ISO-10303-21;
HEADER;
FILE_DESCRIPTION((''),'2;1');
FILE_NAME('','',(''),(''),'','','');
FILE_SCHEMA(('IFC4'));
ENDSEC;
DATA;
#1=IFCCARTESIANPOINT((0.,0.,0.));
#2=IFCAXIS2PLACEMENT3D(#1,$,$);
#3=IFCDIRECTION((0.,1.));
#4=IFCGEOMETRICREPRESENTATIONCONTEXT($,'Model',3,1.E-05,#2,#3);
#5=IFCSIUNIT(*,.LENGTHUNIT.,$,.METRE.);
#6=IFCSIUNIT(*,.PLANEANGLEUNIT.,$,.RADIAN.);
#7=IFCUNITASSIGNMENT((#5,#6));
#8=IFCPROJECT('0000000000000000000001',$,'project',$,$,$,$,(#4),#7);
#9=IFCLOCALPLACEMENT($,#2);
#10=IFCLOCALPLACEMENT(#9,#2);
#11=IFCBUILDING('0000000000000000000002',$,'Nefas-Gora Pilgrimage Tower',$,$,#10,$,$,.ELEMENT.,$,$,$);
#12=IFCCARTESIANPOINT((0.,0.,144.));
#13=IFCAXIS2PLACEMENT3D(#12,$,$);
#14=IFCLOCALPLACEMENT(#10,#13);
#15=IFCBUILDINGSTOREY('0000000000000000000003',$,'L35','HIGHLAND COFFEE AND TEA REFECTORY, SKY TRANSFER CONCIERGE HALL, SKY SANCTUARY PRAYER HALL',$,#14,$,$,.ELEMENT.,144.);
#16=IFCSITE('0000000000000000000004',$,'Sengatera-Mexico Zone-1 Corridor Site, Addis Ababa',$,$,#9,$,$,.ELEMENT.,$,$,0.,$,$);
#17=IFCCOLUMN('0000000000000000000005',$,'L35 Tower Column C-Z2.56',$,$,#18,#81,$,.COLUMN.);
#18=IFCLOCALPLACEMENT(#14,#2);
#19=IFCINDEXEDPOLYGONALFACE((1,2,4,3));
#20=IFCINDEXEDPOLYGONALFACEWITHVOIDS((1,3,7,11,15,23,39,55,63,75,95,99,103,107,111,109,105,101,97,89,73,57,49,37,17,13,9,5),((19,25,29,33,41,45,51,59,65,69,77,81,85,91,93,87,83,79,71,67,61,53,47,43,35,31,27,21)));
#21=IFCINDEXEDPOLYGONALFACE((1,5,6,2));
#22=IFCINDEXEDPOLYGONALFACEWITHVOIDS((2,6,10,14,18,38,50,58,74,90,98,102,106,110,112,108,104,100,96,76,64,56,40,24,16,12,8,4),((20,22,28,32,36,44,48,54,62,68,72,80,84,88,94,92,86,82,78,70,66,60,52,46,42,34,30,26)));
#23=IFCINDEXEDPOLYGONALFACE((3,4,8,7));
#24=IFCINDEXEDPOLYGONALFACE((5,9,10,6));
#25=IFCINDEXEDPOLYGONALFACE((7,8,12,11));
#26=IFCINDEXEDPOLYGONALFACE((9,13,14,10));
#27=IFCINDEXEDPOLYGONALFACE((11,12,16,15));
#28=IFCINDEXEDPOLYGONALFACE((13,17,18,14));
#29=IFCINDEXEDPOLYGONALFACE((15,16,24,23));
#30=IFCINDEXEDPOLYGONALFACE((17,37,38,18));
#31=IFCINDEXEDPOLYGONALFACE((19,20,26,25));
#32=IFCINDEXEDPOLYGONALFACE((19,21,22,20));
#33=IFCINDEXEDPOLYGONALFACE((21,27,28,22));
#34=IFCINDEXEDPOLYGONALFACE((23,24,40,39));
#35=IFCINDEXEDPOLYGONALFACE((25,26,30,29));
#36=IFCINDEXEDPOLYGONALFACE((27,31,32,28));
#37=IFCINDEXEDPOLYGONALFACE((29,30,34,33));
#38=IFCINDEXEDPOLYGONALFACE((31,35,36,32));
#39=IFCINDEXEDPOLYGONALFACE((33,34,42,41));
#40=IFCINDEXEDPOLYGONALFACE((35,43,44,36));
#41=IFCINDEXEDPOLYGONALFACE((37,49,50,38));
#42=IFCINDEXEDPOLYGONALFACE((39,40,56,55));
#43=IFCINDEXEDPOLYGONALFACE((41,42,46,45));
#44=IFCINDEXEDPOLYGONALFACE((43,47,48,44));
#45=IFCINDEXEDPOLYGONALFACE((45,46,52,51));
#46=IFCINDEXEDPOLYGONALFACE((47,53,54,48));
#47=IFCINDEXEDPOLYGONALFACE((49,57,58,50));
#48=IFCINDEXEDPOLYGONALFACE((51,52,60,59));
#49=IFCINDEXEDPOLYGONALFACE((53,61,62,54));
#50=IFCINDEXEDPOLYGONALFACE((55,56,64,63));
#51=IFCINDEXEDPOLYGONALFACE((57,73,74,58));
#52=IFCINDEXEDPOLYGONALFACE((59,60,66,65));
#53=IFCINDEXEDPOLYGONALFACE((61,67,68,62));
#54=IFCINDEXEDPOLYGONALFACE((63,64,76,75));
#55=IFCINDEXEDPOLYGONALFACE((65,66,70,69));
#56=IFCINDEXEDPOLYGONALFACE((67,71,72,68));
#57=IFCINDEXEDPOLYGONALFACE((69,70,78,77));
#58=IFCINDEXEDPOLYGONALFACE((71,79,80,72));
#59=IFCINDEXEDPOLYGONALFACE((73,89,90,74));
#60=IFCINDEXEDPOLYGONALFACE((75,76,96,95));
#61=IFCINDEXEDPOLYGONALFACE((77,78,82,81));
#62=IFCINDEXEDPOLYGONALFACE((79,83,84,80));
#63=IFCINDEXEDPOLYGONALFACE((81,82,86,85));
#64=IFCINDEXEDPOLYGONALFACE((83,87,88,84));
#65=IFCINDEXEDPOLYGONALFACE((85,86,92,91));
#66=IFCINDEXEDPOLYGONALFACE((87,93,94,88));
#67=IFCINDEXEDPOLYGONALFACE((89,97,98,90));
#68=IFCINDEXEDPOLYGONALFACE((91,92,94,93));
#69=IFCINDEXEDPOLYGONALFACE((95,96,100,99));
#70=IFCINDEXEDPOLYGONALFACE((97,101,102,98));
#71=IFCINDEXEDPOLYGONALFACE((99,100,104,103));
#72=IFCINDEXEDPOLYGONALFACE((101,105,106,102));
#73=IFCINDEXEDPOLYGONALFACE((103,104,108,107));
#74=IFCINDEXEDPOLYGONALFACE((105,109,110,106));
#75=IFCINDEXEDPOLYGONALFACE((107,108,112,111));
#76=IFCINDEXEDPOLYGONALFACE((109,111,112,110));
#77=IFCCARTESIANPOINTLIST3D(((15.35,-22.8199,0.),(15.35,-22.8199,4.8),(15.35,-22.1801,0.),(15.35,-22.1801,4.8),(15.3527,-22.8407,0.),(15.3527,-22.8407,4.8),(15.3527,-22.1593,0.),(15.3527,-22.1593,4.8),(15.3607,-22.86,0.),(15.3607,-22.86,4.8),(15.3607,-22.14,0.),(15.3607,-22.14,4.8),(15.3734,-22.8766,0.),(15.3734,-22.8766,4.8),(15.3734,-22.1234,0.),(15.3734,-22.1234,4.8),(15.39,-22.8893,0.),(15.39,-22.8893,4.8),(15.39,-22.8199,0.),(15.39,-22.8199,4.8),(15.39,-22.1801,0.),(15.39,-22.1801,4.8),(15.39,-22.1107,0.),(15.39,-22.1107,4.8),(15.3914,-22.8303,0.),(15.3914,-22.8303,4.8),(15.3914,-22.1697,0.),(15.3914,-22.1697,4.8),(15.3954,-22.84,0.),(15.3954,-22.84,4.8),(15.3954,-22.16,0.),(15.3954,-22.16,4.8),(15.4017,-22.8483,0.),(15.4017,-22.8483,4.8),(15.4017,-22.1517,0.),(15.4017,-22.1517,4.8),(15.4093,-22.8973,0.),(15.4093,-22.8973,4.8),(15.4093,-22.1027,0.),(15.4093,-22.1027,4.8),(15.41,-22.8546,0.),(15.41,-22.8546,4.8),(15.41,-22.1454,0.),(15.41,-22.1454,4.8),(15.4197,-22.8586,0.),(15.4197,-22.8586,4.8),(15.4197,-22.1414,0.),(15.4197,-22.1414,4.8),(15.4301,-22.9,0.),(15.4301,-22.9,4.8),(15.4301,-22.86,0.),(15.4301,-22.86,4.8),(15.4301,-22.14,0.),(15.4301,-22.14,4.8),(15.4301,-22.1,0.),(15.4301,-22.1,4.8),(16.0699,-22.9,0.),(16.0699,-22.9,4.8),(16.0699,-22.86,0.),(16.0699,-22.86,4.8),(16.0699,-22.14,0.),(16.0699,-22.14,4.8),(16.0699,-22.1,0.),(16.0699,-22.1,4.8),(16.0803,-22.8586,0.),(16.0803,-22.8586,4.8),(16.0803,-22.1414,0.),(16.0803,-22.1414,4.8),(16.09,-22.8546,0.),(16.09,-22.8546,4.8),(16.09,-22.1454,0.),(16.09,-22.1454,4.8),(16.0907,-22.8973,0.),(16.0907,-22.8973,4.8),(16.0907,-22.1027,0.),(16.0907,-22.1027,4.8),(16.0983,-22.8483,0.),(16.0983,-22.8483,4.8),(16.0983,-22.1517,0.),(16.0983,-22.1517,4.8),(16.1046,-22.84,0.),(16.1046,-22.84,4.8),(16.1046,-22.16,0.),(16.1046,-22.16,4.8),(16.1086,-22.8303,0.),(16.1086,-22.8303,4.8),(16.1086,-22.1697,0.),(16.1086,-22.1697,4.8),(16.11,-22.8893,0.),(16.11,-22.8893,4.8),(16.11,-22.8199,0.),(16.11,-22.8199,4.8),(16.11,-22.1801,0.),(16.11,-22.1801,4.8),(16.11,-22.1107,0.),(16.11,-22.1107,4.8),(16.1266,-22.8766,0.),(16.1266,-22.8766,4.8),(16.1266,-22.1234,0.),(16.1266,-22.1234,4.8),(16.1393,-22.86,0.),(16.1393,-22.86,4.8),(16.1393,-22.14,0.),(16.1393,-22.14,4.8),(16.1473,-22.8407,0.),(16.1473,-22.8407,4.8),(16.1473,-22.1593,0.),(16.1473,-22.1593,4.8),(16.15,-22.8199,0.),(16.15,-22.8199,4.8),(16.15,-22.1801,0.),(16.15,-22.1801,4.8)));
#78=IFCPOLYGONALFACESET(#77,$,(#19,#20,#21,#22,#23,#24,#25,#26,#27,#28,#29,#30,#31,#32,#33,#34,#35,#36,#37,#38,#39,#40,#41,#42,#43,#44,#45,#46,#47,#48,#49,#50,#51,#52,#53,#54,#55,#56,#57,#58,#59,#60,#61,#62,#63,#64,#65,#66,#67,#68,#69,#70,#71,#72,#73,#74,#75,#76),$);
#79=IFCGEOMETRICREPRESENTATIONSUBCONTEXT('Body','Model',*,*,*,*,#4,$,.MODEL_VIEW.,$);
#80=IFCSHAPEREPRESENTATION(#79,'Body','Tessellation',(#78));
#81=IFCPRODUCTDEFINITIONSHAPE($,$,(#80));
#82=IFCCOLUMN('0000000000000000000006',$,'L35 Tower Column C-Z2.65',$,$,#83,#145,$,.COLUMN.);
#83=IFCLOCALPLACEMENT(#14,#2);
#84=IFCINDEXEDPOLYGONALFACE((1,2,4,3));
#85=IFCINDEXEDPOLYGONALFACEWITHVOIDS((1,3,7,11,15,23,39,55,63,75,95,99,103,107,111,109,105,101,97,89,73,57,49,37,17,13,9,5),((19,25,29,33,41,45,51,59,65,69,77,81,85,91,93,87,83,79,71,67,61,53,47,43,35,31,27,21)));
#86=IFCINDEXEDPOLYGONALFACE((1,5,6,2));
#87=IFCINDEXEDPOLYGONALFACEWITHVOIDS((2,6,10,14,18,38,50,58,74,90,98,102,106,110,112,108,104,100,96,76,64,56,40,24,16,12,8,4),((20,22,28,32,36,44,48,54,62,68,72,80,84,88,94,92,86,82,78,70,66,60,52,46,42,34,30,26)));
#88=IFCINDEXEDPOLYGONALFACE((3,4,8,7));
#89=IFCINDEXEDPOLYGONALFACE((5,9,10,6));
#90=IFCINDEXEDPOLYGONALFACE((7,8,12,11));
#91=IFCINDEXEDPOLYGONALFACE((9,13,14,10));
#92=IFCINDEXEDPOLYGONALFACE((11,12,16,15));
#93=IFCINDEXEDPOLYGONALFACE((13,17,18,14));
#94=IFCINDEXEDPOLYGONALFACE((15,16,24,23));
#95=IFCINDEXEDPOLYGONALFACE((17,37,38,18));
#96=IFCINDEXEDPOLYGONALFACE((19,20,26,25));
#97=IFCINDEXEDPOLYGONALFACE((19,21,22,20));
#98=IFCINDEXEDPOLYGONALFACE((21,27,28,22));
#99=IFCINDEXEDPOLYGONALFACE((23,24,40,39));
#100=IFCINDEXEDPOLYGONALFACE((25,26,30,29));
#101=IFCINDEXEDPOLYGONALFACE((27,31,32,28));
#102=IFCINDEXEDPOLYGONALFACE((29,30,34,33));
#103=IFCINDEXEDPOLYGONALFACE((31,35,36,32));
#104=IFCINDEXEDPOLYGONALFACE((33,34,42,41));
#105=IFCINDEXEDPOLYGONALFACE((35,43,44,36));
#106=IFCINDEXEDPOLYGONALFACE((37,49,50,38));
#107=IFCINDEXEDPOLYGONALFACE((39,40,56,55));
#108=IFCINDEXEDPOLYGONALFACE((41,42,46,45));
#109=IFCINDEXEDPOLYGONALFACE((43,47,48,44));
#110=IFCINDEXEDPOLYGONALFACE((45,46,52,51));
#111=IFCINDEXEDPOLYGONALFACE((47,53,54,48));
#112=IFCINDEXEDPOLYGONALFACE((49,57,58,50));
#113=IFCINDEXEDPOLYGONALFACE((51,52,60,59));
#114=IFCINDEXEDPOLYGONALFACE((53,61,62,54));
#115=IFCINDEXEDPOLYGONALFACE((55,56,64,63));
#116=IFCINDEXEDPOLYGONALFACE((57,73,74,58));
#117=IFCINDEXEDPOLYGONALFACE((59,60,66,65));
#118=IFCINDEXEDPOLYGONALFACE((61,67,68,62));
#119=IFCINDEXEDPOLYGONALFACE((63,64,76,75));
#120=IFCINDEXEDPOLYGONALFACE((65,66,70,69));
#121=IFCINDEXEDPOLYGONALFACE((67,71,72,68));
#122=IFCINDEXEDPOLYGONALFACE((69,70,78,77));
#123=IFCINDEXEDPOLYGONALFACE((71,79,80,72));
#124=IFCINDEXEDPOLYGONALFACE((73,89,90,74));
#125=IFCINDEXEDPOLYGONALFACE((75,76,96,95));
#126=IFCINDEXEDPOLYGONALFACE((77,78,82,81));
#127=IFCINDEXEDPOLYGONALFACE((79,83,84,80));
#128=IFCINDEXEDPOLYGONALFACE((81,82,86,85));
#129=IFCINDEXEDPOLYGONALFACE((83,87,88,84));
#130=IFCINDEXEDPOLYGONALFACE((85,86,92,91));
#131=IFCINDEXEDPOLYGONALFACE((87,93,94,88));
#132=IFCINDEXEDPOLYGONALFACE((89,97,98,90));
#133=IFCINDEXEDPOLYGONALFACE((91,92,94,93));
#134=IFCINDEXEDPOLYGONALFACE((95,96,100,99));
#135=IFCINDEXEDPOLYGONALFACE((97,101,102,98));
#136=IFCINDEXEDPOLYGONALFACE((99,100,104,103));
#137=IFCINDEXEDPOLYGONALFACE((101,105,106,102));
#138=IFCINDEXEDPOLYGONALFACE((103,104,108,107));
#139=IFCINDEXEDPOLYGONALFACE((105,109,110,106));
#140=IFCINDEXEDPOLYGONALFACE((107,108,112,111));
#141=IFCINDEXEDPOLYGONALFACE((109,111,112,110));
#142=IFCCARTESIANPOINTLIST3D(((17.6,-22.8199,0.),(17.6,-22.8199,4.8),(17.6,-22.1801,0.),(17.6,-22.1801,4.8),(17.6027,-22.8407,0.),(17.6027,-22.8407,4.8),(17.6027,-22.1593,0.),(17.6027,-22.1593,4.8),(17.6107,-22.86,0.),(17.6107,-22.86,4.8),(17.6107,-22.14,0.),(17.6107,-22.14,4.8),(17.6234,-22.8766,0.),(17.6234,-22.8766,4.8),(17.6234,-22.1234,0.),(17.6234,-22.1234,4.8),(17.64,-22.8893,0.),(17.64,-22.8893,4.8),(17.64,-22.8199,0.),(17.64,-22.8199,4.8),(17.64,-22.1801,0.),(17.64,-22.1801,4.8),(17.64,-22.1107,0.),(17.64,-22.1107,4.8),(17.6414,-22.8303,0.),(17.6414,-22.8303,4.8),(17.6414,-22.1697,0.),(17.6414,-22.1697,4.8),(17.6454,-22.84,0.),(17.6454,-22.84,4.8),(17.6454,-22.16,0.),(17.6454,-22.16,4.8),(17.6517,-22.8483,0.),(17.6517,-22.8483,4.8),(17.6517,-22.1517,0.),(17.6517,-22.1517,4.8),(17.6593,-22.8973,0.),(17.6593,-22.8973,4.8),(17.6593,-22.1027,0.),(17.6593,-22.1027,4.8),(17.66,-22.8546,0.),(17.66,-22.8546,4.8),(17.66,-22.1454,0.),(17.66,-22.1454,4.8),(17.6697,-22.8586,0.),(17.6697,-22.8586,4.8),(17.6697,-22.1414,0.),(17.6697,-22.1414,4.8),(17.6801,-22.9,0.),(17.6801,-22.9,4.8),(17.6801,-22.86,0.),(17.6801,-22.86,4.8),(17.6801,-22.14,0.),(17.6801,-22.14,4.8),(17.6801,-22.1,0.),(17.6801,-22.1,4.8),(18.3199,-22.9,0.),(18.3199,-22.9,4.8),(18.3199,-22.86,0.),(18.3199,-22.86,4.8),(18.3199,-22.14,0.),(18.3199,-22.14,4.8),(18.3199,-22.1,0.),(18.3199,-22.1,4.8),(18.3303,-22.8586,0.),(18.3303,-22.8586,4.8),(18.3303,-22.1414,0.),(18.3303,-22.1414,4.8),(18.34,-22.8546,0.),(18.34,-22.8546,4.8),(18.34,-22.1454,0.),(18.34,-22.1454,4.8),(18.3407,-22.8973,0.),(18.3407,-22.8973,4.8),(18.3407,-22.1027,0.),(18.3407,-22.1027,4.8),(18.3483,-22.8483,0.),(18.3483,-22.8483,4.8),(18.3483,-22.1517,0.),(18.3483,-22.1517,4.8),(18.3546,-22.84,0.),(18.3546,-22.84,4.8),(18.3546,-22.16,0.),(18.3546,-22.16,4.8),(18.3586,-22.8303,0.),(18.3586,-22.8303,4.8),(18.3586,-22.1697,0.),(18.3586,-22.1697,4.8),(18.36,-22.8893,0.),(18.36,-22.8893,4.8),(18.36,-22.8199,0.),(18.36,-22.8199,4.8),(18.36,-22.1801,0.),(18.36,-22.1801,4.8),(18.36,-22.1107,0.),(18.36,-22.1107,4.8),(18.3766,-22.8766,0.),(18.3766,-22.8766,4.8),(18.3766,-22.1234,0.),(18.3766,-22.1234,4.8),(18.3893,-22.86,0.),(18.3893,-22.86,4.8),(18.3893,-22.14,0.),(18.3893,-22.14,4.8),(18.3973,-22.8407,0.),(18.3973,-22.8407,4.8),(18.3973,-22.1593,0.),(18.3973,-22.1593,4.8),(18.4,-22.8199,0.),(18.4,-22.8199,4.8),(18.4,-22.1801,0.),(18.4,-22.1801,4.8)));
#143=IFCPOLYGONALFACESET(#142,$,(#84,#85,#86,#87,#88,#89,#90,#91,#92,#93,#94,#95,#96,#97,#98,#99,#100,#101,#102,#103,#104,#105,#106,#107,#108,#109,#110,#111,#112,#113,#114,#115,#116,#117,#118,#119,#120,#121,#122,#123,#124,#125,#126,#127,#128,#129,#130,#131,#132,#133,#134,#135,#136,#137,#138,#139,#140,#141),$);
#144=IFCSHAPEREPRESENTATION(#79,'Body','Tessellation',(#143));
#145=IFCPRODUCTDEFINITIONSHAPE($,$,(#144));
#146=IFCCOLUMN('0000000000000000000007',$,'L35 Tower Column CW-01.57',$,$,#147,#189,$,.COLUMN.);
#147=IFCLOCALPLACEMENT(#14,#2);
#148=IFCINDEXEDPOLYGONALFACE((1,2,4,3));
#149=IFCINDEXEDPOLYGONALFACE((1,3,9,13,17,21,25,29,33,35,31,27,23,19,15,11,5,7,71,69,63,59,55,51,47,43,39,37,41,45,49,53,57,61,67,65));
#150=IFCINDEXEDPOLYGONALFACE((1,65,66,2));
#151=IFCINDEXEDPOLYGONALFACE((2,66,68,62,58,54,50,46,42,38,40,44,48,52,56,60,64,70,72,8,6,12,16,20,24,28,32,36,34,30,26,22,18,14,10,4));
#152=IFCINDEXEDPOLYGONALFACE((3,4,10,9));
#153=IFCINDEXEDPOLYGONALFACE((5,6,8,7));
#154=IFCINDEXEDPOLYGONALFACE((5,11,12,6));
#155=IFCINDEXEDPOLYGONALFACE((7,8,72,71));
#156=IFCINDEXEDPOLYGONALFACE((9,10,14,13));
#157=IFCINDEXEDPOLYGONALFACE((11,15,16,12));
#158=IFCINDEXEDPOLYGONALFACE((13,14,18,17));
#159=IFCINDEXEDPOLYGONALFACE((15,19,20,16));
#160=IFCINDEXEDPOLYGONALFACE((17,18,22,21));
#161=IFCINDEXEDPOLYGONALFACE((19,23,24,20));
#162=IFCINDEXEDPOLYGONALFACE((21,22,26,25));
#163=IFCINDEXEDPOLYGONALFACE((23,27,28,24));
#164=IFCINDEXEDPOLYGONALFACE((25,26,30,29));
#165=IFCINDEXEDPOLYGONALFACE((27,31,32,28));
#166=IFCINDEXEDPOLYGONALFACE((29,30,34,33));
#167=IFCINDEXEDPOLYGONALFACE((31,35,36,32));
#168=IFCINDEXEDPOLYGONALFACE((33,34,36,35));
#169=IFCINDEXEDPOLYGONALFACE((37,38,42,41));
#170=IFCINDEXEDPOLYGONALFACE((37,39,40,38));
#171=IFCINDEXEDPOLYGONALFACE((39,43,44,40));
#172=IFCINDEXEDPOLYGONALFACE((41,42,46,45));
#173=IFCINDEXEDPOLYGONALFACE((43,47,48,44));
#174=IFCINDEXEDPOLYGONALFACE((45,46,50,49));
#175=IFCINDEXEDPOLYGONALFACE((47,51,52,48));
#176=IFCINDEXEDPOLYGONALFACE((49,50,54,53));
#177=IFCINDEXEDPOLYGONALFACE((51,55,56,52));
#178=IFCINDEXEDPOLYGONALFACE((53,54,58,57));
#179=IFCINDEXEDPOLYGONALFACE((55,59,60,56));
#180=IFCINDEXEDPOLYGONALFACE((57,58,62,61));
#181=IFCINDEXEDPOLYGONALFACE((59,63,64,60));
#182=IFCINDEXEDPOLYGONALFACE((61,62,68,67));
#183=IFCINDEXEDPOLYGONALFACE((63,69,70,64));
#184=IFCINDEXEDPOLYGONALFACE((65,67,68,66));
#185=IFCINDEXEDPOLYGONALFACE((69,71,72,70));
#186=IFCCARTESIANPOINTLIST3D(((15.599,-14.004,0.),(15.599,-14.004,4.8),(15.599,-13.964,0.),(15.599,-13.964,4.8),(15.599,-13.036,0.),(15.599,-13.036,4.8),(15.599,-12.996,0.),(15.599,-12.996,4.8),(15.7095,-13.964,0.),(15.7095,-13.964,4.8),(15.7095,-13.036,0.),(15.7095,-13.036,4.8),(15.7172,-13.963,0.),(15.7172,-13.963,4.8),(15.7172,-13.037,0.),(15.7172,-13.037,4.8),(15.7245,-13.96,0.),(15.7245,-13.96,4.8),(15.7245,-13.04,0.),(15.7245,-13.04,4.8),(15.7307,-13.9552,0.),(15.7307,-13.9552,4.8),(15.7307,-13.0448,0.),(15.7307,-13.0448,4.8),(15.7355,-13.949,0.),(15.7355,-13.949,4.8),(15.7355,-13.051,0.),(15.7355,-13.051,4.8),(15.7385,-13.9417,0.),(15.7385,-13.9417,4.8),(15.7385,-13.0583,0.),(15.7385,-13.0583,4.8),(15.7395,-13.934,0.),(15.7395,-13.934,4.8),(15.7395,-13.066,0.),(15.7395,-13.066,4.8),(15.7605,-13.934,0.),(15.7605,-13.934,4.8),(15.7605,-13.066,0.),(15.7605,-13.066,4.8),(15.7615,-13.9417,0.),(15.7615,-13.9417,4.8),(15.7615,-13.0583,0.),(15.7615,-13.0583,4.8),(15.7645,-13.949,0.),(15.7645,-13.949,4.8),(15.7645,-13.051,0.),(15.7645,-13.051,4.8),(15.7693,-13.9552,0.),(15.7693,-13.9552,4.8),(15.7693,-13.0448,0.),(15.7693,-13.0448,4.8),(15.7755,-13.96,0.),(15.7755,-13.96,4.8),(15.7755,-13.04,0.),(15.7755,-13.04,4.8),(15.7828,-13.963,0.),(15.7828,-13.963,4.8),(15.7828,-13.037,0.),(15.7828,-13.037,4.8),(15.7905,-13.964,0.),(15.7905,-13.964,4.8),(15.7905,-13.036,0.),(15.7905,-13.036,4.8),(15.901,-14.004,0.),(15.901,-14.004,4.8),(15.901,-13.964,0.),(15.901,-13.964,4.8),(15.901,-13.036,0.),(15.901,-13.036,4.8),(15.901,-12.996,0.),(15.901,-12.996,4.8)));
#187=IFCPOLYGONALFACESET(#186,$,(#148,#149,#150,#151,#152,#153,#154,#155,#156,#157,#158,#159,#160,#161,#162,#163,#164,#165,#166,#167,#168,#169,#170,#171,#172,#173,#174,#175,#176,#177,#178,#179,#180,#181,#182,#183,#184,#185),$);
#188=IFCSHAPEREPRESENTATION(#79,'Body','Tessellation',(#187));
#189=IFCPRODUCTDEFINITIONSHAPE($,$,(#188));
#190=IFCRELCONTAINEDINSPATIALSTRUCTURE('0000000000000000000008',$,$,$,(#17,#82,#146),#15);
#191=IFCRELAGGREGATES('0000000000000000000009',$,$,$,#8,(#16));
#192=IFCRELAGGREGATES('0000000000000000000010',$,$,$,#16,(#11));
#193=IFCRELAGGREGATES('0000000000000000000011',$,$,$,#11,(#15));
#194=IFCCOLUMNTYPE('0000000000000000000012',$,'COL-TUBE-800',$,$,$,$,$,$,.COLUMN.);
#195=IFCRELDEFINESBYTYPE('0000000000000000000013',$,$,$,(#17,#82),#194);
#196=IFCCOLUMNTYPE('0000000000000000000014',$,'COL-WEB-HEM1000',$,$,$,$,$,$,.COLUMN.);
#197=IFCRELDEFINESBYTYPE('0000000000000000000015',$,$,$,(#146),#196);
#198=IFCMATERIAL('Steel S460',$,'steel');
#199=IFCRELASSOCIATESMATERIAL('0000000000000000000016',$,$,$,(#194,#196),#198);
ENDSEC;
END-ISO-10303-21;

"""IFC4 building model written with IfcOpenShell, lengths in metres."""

from ifc_helpers import new_model, si_unit, direction, frame, origin, origin_2d, place, context, subcontext, project, spatial, hollow_rectangle, i_section, extrude, source, transform, mapped, material, material_profile, profile_set, type_object, element, save


model = new_model("IFC4")

# Units and contexts
model_context = context("Model", 3, precision=1e-05, world=origin(), true_north=direction((0.0, 1.0)))
body_context = subcontext(model_context, "Body", "Model", "MODEL_VIEW")
ifc_project = project(units=[si_unit("LENGTHUNIT", "METRE"), si_unit("PLANEANGLEUNIT", "RADIAN")], contexts=[model_context])

# Site, building, storey
site_placement = place(None, origin())
site = spatial("IfcSite", under=ifc_project, at=site_placement, Name="Sengatera-Mexico Zone-1 Corridor Site, Addis Ababa", CompositionType="ELEMENT", RefElevation=0.0)
building_placement = place(site_placement, origin())
building = spatial("IfcBuilding", under=site, at=building_placement, Name="Nefas-Gora Pilgrimage Tower", CompositionType="ELEMENT")
storey_placement = place(building_placement, frame((0.0, 0.0, 144.0)))
storey = spatial("IfcBuildingStorey", under=building, at=storey_placement, Name="L35", Description="HIGHLAND COFFEE AND TEA REFECTORY, SKY TRANSFER CONCIERGE HALL, SKY SANCTUARY PRAYER HALL", CompositionType="ELEMENT", Elevation=144.0)

# Columns
ifc_material_1 = material(Name="Steel S460", Category="steel")
ifc_material_profile_1 = material_profile(ifc_material_1, hollow_rectangle(XDim=0.8, YDim=0.8, WallThickness=0.04, InnerFilletRadius=0.04, OuterFilletRadius=0.0801, at=origin_2d()), Name="BOX 800x800x40")
ifc_profile_set_1 = profile_set([ifc_material_profile_1], Name="Steel S460")
column_type_1 = type_object("IfcColumnType", Name="COL-TUBE-800", PredefinedType="COLUMN", material=ifc_profile_set_1)
shared_shape_1 = source(origin(), body_context, "Body", "SweptSolid", [
    extrude(hollow_rectangle(XDim=0.8, YDim=0.8, WallThickness=0.04, InnerFilletRadius=0.04, OuterFilletRadius=0.0801, at=origin_2d()), origin(), (0.0, 0.0, 1.0), 4.8),
])
for number, where, z_axis, x_axis, name in (
    (1, (15.75, -22.5, 0.0), (0.0, 0.0, 1.0), (1.0, 0.0, 0.0), "L35 Tower Column C-Z2.56"),
    (2, (18.0, -22.5, 0.0), (0.0, 0.0, 1.0), (1.0, 0.0, 0.0), "L35 Tower Column C-Z2.65"),
):
    element("IfcColumn", number, at=place(storey_placement, frame(where, z_axis=z_axis, x_axis=x_axis)), inside=storey, type_object=column_type_1, Name=name, PredefinedType="COLUMN", context=body_context, shape_type="MappedRepresentation", body=[
        mapped(shared_shape_1, transform((0.0, 0.0, 0.0), x_axis=(1.0, 0.0, 0.0), y_axis=(0.0, 1.0, 0.0), z_axis=(0.0, 0.0, 1.0), scale=1.0)),
    ])
ifc_material_profile_2 = material_profile(ifc_material_1, i_section(OverallWidth=0.302, OverallDepth=1.0081, WebThickness=0.021, FlangeThickness=0.04, FilletRadius=0.03, at=origin_2d()), Name="HEM 1000")
ifc_profile_set_2 = profile_set([ifc_material_profile_2], Name="Steel S460")
column_type_2 = type_object("IfcColumnType", Name="COL-WEB-HEM1000", PredefinedType="COLUMN", material=ifc_profile_set_2)
shared_shape_2 = source(origin(), body_context, "Body", "SweptSolid", [
    extrude(i_section(OverallWidth=0.302, OverallDepth=1.0081, WebThickness=0.021, FlangeThickness=0.04, FilletRadius=0.03, at=origin_2d()), origin(), (0.0, 0.0, 1.0), 4.8),
])
for number, where, z_axis, x_axis, name in (
    (3, (15.75, -13.5, 0.0), (0.0, 0.0, 1.0), (1.0, 0.0, 0.0), "L35 Tower Column CW-01.57"),
):
    element("IfcColumn", number, at=place(storey_placement, frame(where, z_axis=z_axis, x_axis=x_axis)), inside=storey, type_object=column_type_2, Name=name, PredefinedType="COLUMN", context=body_context, shape_type="MappedRepresentation", body=[
        mapped(shared_shape_2, transform((0.0, 0.0, 0.0), x_axis=(1.0, 0.0, 0.0), y_axis=(0.0, 1.0, 0.0), z_axis=(0.0, 0.0, 1.0), scale=1.0)),
    ])

save(model, "model.ifc")
